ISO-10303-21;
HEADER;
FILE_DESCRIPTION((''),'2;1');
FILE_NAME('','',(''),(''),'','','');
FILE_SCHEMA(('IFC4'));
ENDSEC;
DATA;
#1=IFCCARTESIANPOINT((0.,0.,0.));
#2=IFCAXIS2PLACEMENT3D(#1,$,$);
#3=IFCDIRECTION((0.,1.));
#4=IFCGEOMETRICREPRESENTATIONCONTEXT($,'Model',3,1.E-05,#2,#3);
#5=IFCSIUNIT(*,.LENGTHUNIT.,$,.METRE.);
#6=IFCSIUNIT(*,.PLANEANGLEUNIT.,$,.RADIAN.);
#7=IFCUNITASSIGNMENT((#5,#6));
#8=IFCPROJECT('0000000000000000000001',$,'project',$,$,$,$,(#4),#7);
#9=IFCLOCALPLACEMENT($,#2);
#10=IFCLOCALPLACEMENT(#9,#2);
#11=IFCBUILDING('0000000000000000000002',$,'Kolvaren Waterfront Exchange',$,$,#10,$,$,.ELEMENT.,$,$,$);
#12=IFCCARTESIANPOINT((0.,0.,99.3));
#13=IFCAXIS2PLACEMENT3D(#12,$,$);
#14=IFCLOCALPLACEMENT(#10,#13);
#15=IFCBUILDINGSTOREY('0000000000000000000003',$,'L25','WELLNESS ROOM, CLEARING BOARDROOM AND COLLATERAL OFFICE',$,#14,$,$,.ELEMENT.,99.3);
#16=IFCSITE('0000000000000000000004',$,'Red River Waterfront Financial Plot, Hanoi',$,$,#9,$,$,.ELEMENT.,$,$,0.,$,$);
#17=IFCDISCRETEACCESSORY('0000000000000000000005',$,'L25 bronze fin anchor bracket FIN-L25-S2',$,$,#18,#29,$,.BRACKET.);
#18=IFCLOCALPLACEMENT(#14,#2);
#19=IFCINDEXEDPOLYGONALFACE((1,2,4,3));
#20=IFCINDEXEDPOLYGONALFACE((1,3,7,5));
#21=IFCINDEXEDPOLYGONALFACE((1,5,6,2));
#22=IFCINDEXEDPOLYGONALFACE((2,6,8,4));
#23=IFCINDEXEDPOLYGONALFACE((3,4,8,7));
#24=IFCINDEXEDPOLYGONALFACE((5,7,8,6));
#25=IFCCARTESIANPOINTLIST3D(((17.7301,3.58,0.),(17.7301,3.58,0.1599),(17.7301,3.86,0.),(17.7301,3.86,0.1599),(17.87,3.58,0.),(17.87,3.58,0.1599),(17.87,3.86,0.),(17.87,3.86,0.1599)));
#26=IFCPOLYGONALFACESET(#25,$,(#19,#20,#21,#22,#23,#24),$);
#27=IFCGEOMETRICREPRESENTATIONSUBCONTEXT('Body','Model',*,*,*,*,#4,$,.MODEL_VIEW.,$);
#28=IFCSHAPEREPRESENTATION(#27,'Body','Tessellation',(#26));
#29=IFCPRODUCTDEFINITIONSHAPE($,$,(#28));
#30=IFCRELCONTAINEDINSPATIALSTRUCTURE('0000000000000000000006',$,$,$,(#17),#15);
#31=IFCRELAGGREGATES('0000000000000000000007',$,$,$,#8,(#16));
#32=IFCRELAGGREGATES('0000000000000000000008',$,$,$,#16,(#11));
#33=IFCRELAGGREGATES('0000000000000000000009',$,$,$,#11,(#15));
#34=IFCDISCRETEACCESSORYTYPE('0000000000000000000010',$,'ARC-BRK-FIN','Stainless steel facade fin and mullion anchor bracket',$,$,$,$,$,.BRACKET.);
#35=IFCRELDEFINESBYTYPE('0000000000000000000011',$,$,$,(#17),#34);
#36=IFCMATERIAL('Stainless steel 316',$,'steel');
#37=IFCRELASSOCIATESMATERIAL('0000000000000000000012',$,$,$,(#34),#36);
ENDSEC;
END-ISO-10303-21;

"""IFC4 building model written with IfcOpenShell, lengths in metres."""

from ifc_helpers import new_model, si_unit, direction, frame, origin, origin_with_axes, origin_2d, place, context, subcontext, project, spatial, rectangle, extrude, source, transform, mapped, material, type_object, element, save


model = new_model("IFC4")

# Units and contexts
model_context = context("Model", 3, precision=1e-05, world=origin(), true_north=direction((0.0, 1.0)))
body_context = subcontext(model_context, "Body", "Model", "MODEL_VIEW")
ifc_project = project(units=[si_unit("LENGTHUNIT", "METRE"), si_unit("PLANEANGLEUNIT", "RADIAN")], contexts=[model_context])

# Site, building, storey
site_placement = place(None, origin())
site = spatial("IfcSite", under=ifc_project, at=site_placement, Name="Red River Waterfront Financial Plot, Hanoi", CompositionType="ELEMENT", RefElevation=0.0)
building_placement = place(site_placement, origin())
building = spatial("IfcBuilding", under=site, at=building_placement, Name="Kolvaren Waterfront Exchange", CompositionType="ELEMENT")
storey_placement = place(building_placement, frame((0.0, 0.0, 99.3)))
storey = spatial("IfcBuildingStorey", under=building, at=storey_placement, Name="L25", Description="WELLNESS ROOM, CLEARING BOARDROOM AND COLLATERAL OFFICE", CompositionType="ELEMENT", Elevation=99.3)

# Shared definitions
ifc_material_1 = material(Name="Stainless steel 316", Category="steel")

# Discrete accessory
discrete_accessory_type = type_object("IfcDiscreteAccessoryType", Name="ARC-BRK-FIN", Description="Stainless steel facade fin and mullion anchor bracket", PredefinedType="BRACKET", material=ifc_material_1)
shared_shape_1 = source(origin_with_axes(), body_context, "Body", "SweptSolid", [
    extrude(rectangle(XDim=0.28, YDim=0.1399, at=origin_2d()), origin(), (0.0, 0.0, 1.0), 0.1599),
])
for number, where, z_axis, x_axis, name in (
    (1, (17.8, 3.72, 0.0), (0.0, 0.0, 1.0), (0.0, -1.0, 0.0), "L25 bronze fin anchor bracket FIN-L25-S2"),
):
    element("IfcDiscreteAccessory", number, at=place(storey_placement, frame(where, z_axis=z_axis, x_axis=x_axis)), inside=storey, type_object=discrete_accessory_type, Name=name, PredefinedType="BRACKET", context=body_context, shape_type="MappedRepresentation", body=[
        mapped(shared_shape_1, transform((0.0, 0.0, 0.0), x_axis=(1.0, 0.0, 0.0), y_axis=(0.0, 1.0, 0.0), z_axis=(0.0, 0.0, 1.0), scale=1.0)),
    ])

save(model, "model.ifc")
